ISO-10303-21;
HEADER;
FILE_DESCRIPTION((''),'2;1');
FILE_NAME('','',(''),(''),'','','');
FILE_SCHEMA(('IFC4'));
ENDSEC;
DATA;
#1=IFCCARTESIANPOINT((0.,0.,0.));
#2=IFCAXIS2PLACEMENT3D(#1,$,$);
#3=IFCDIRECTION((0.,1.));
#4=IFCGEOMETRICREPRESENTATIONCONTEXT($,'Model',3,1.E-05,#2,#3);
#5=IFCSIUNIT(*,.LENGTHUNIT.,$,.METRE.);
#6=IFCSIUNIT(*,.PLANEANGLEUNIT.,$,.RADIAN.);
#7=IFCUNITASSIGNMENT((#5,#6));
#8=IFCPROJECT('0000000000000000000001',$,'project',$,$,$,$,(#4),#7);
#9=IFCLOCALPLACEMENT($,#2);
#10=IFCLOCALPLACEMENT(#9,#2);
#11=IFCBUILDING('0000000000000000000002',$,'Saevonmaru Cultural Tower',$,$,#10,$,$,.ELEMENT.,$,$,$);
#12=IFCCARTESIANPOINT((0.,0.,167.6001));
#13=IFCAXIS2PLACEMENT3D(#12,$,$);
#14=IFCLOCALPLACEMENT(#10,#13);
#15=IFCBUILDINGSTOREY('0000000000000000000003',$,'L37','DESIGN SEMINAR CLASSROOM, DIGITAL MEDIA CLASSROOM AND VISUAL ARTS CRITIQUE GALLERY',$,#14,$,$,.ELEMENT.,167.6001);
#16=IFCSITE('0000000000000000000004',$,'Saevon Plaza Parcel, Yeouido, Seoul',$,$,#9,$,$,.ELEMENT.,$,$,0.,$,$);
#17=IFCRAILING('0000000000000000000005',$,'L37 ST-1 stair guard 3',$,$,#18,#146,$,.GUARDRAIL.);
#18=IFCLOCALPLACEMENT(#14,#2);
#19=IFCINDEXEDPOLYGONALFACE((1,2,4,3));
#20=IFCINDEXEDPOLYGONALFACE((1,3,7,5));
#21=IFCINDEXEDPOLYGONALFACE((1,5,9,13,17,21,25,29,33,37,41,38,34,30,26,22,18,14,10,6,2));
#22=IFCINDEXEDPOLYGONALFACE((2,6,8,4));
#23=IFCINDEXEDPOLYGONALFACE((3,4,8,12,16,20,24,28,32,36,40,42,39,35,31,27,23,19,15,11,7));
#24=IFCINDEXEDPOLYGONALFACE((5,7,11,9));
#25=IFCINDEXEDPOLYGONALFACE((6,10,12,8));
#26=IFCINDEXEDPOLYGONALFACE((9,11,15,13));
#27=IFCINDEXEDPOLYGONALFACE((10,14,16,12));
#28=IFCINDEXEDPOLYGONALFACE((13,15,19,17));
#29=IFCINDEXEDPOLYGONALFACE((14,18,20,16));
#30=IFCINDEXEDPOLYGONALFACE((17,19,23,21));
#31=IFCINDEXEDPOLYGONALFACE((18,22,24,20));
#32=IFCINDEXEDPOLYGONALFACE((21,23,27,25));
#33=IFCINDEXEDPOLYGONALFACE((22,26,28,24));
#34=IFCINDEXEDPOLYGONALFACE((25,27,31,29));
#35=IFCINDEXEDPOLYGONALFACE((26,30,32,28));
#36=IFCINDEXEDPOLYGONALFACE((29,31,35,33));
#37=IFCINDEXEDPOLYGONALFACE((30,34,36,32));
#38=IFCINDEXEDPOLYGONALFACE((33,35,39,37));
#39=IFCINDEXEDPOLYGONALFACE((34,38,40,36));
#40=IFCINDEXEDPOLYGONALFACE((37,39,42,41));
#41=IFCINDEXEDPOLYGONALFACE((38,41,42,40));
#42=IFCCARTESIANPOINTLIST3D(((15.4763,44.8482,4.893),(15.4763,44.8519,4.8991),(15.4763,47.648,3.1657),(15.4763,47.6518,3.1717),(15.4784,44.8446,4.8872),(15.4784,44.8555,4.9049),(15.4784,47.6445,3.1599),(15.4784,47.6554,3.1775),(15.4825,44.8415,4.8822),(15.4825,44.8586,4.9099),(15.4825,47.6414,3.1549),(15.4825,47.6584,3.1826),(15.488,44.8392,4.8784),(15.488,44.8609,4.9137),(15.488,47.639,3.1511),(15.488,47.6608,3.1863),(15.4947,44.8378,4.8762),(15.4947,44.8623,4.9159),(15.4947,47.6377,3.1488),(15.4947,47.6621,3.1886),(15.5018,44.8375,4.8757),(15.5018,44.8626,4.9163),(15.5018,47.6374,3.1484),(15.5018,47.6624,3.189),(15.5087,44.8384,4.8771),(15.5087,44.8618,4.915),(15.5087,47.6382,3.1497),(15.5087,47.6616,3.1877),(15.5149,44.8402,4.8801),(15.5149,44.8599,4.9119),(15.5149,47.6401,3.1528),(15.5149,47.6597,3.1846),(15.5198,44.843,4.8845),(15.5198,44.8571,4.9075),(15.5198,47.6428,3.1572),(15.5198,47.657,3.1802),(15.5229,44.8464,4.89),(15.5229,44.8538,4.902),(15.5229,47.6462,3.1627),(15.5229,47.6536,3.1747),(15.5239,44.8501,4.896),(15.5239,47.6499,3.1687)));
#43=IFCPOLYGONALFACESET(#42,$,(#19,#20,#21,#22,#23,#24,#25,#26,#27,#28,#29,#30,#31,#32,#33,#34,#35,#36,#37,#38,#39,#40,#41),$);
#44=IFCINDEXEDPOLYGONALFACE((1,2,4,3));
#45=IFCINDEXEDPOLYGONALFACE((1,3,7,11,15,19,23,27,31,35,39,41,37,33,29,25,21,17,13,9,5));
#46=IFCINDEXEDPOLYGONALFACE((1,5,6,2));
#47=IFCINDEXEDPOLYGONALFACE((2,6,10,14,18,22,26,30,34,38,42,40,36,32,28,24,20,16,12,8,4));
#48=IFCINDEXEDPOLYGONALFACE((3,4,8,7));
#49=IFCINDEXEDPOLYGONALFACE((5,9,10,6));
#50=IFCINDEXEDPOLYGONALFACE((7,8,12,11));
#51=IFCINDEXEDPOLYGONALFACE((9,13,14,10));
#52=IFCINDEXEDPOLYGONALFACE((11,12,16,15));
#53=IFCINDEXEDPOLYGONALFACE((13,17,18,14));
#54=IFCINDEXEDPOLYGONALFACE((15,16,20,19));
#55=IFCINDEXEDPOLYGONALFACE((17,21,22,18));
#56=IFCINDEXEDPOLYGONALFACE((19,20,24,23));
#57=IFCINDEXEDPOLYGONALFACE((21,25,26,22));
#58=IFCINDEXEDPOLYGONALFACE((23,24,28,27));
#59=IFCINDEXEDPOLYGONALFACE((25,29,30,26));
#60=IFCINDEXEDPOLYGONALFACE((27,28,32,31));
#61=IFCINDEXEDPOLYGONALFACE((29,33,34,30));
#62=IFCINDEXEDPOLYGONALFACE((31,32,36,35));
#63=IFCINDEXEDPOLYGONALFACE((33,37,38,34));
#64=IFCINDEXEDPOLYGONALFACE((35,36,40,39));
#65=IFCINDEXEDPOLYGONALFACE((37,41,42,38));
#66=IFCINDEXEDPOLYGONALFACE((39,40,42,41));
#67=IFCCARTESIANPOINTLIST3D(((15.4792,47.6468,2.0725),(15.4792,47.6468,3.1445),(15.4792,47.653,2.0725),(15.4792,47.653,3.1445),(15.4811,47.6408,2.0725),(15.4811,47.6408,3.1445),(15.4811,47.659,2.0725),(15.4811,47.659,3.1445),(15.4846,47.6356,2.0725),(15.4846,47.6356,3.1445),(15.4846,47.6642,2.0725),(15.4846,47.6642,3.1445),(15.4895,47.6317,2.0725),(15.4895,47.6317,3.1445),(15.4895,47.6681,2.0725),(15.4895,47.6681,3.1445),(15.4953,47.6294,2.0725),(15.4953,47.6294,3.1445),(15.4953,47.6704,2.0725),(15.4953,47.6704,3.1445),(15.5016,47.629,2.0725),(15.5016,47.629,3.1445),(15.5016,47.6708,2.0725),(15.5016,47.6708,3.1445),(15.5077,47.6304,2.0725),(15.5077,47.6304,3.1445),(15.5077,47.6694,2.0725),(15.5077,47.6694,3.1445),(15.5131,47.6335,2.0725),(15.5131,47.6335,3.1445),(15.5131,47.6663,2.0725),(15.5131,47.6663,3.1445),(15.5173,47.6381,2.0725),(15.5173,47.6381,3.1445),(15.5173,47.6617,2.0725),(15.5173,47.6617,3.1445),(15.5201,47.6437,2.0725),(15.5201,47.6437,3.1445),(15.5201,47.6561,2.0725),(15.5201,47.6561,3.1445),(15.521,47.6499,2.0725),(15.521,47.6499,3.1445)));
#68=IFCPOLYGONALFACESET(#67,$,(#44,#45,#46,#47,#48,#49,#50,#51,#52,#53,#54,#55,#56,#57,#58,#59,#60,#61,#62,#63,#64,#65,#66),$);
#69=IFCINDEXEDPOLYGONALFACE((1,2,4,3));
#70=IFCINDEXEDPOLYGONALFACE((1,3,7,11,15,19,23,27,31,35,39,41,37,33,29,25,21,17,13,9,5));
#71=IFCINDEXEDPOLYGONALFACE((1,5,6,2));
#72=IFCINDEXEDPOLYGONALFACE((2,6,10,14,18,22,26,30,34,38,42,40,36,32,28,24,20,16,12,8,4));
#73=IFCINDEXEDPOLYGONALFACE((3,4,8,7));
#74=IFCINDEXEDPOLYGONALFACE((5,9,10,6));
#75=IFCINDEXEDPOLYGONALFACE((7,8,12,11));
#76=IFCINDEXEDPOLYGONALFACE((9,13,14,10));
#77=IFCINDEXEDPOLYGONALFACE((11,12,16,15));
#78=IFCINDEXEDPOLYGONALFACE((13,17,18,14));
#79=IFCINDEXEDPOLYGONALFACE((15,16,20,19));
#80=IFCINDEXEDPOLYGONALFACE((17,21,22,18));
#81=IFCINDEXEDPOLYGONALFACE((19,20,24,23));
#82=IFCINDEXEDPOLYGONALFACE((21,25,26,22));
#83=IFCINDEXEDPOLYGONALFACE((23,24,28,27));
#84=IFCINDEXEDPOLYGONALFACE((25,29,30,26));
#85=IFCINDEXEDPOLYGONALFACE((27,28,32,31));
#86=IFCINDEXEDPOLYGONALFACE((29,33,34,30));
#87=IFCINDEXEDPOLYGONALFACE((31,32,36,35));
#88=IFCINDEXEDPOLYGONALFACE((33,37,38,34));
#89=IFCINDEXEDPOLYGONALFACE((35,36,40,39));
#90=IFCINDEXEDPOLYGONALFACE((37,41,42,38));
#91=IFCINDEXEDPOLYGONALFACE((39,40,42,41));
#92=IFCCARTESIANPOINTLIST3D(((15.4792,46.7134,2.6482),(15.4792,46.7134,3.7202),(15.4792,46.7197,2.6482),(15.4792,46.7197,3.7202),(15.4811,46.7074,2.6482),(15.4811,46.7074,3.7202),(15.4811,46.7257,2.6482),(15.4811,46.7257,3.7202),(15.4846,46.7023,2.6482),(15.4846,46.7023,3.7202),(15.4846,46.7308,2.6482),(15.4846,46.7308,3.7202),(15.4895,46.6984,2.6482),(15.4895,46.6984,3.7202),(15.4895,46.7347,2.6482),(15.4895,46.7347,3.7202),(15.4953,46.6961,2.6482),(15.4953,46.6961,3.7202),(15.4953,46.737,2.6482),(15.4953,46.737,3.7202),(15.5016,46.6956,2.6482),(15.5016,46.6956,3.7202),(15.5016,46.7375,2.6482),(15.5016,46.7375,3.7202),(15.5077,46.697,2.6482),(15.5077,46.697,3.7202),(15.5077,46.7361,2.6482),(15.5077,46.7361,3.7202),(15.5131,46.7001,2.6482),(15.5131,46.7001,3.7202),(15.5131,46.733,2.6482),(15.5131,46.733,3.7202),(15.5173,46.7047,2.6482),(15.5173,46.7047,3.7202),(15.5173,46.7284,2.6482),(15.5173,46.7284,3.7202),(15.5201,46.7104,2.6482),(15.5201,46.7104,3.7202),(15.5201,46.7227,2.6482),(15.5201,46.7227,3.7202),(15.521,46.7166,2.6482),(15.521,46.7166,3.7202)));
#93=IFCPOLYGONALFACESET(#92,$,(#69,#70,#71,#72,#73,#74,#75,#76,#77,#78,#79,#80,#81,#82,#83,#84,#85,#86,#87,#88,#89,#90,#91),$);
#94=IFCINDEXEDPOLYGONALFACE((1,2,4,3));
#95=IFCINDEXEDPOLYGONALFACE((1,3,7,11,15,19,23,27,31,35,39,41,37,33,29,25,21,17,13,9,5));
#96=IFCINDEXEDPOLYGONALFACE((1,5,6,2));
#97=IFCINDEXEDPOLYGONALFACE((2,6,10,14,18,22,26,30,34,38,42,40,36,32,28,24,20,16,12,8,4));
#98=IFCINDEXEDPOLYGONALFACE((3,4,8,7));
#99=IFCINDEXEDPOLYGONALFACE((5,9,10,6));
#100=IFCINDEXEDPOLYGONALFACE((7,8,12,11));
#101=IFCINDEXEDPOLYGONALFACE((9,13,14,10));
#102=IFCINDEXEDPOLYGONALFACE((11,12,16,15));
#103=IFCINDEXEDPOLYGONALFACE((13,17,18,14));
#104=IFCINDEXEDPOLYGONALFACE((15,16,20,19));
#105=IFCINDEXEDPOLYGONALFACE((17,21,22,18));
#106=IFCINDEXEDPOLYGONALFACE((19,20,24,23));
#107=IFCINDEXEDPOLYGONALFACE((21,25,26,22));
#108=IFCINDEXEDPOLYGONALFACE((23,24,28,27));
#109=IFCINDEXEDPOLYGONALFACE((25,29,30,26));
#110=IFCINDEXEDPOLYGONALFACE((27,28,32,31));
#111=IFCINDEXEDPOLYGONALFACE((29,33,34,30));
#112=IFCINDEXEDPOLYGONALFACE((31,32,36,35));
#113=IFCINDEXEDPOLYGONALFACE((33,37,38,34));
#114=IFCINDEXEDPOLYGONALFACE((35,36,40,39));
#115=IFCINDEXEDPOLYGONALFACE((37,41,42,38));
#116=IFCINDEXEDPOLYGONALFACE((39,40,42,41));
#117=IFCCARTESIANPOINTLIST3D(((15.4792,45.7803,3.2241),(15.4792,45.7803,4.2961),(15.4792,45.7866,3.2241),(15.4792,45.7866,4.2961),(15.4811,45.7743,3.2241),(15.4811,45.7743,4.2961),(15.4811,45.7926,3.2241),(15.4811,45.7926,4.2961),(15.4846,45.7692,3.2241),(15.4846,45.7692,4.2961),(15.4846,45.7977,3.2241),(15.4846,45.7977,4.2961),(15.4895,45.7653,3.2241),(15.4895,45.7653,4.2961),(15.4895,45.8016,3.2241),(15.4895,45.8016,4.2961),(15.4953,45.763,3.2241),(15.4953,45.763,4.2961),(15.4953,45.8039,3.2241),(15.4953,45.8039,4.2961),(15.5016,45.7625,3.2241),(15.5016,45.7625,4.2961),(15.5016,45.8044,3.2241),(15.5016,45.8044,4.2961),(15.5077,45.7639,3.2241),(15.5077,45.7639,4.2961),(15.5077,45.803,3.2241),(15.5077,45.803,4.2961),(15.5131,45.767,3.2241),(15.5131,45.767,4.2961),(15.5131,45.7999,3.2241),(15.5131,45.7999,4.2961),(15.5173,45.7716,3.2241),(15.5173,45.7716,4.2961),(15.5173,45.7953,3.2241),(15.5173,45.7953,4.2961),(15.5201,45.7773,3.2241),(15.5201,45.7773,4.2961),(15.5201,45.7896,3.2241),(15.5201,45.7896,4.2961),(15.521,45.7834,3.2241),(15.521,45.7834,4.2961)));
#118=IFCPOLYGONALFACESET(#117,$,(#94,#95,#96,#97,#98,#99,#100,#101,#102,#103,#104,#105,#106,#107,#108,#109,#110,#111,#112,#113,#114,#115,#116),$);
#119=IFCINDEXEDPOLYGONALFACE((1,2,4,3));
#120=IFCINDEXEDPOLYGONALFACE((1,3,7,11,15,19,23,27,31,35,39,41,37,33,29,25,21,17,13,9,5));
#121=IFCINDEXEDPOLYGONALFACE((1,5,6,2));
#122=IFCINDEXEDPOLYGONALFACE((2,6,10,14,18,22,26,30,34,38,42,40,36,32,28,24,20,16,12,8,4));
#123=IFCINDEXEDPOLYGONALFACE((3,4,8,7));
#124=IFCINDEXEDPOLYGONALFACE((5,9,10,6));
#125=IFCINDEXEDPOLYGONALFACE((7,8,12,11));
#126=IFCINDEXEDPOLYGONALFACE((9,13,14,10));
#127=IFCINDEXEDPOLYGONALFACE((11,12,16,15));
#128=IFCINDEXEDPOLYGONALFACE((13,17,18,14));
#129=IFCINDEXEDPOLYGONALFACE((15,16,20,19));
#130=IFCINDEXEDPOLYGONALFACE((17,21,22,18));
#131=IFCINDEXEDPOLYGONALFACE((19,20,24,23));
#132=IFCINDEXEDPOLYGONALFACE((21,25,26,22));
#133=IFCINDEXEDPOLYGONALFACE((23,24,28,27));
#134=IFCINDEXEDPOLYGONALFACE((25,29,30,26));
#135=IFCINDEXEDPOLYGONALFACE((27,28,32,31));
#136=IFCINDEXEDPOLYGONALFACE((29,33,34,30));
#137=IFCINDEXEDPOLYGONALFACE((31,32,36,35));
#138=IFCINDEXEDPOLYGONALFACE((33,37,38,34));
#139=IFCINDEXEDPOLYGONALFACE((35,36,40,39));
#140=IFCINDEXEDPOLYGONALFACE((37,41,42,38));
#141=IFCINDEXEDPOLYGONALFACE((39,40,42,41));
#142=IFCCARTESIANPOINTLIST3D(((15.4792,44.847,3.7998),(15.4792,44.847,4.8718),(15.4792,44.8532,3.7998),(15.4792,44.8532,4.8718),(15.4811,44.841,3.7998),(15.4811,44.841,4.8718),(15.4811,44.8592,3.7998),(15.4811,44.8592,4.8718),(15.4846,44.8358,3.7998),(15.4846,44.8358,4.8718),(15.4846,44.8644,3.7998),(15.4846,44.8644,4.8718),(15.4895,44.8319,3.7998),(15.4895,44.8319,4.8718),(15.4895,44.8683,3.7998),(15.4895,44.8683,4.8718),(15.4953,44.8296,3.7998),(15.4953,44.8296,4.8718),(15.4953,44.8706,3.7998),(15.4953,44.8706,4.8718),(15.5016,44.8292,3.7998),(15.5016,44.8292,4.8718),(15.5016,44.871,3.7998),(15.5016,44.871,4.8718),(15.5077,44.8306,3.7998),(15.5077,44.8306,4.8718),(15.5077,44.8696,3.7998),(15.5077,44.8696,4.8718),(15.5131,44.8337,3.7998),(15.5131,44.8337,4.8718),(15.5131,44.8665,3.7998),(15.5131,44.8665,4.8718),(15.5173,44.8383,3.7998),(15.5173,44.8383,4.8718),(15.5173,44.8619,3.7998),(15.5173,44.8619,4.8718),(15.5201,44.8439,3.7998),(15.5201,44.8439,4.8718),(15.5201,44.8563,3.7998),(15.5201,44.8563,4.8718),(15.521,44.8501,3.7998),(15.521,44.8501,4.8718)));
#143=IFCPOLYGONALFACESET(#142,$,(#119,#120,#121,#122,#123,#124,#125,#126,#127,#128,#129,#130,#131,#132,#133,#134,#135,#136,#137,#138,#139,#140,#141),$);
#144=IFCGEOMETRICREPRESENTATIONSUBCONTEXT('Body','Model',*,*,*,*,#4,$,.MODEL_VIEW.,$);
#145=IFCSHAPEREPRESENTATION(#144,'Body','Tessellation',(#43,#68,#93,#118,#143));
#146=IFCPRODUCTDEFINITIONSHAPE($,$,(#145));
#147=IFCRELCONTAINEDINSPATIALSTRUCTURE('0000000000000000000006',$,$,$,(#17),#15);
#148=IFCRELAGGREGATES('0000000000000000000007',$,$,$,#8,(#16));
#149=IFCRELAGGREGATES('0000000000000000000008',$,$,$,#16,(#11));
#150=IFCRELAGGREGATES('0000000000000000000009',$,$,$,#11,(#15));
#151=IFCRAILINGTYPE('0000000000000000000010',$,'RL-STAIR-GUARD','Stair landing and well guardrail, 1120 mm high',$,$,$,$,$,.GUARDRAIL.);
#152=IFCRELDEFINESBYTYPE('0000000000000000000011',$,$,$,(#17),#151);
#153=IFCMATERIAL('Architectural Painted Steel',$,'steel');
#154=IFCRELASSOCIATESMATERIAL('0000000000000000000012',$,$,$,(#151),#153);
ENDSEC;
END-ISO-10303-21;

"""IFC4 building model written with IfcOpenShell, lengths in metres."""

from ifc_helpers import new_model, si_unit, direction, frame, origin, origin_2d, place, context, subcontext, project, spatial, circle, extrude, material, type_object, element, save


model = new_model("IFC4")

# Units and contexts
model_context = context("Model", 3, precision=1e-05, world=origin(), true_north=direction((0.0, 1.0)))
body_context = subcontext(model_context, "Body", "Model", "MODEL_VIEW")
ifc_project = project(units=[si_unit("LENGTHUNIT", "METRE"), si_unit("PLANEANGLEUNIT", "RADIAN")], contexts=[model_context])

# Site, building, storey
site_placement = place(None, origin())
site = spatial("IfcSite", under=ifc_project, at=site_placement, Name="Saevon Plaza Parcel, Yeouido, Seoul", CompositionType="ELEMENT", RefElevation=0.0)
building_placement = place(site_placement, origin())
building = spatial("IfcBuilding", under=site, at=building_placement, Name="Saevonmaru Cultural Tower", CompositionType="ELEMENT")
storey_placement = place(building_placement, frame((0.0, 0.0, 167.6001)))
storey = spatial("IfcBuildingStorey", under=building, at=storey_placement, Name="L37", Description="DESIGN SEMINAR CLASSROOM, DIGITAL MEDIA CLASSROOM AND VISUAL ARTS CRITIQUE GALLERY", CompositionType="ELEMENT", Elevation=167.6001)

# Railing
ifc_material_1 = material(Name="Architectural Painted Steel", Category="steel")
railing_type_1 = type_object("IfcRailingType", Name="RL-STAIR-GUARD", Description="Stair landing and well guardrail, 1120 mm high", PredefinedType="GUARDRAIL", material=ifc_material_1)
railing_1_placement = place(storey_placement, frame((15.5, 47.6499, 2.0725)))
element("IfcRailing", 1, at=railing_1_placement, inside=storey, type_object=railing_type_1, Name="L37 ST-1 stair guard 3", PredefinedType="GUARDRAIL", context=body_context, shape_type="SweptSolid", body=[
    extrude(circle(Radius=0.0239, at=origin_2d()), frame((0.0, 0.0, 1.0962), z_axis=(0.0, -0.851069, 0.525054), x_axis=(1.0, 0.0, 0.0)), (0.0, 0.0, 1.0), 3.2898),
    extrude(circle(Radius=0.021, at=origin_2d()), origin(), (0.0, 0.0, 1.0), 1.072),
    extrude(circle(Radius=0.021, at=origin_2d()), frame((0.0, -0.9333, 0.5757)), (0.0, 0.0, 1.0), 1.072),
    extrude(circle(Radius=0.021, at=origin_2d()), frame((0.0, -1.8665, 1.1516)), (0.0, 0.0, 1.0), 1.072),
    extrude(circle(Radius=0.021, at=origin_2d()), frame((0.0, -2.7998, 1.7273)), (0.0, 0.0, 1.0), 1.072),
])

save(model, "model.ifc")
